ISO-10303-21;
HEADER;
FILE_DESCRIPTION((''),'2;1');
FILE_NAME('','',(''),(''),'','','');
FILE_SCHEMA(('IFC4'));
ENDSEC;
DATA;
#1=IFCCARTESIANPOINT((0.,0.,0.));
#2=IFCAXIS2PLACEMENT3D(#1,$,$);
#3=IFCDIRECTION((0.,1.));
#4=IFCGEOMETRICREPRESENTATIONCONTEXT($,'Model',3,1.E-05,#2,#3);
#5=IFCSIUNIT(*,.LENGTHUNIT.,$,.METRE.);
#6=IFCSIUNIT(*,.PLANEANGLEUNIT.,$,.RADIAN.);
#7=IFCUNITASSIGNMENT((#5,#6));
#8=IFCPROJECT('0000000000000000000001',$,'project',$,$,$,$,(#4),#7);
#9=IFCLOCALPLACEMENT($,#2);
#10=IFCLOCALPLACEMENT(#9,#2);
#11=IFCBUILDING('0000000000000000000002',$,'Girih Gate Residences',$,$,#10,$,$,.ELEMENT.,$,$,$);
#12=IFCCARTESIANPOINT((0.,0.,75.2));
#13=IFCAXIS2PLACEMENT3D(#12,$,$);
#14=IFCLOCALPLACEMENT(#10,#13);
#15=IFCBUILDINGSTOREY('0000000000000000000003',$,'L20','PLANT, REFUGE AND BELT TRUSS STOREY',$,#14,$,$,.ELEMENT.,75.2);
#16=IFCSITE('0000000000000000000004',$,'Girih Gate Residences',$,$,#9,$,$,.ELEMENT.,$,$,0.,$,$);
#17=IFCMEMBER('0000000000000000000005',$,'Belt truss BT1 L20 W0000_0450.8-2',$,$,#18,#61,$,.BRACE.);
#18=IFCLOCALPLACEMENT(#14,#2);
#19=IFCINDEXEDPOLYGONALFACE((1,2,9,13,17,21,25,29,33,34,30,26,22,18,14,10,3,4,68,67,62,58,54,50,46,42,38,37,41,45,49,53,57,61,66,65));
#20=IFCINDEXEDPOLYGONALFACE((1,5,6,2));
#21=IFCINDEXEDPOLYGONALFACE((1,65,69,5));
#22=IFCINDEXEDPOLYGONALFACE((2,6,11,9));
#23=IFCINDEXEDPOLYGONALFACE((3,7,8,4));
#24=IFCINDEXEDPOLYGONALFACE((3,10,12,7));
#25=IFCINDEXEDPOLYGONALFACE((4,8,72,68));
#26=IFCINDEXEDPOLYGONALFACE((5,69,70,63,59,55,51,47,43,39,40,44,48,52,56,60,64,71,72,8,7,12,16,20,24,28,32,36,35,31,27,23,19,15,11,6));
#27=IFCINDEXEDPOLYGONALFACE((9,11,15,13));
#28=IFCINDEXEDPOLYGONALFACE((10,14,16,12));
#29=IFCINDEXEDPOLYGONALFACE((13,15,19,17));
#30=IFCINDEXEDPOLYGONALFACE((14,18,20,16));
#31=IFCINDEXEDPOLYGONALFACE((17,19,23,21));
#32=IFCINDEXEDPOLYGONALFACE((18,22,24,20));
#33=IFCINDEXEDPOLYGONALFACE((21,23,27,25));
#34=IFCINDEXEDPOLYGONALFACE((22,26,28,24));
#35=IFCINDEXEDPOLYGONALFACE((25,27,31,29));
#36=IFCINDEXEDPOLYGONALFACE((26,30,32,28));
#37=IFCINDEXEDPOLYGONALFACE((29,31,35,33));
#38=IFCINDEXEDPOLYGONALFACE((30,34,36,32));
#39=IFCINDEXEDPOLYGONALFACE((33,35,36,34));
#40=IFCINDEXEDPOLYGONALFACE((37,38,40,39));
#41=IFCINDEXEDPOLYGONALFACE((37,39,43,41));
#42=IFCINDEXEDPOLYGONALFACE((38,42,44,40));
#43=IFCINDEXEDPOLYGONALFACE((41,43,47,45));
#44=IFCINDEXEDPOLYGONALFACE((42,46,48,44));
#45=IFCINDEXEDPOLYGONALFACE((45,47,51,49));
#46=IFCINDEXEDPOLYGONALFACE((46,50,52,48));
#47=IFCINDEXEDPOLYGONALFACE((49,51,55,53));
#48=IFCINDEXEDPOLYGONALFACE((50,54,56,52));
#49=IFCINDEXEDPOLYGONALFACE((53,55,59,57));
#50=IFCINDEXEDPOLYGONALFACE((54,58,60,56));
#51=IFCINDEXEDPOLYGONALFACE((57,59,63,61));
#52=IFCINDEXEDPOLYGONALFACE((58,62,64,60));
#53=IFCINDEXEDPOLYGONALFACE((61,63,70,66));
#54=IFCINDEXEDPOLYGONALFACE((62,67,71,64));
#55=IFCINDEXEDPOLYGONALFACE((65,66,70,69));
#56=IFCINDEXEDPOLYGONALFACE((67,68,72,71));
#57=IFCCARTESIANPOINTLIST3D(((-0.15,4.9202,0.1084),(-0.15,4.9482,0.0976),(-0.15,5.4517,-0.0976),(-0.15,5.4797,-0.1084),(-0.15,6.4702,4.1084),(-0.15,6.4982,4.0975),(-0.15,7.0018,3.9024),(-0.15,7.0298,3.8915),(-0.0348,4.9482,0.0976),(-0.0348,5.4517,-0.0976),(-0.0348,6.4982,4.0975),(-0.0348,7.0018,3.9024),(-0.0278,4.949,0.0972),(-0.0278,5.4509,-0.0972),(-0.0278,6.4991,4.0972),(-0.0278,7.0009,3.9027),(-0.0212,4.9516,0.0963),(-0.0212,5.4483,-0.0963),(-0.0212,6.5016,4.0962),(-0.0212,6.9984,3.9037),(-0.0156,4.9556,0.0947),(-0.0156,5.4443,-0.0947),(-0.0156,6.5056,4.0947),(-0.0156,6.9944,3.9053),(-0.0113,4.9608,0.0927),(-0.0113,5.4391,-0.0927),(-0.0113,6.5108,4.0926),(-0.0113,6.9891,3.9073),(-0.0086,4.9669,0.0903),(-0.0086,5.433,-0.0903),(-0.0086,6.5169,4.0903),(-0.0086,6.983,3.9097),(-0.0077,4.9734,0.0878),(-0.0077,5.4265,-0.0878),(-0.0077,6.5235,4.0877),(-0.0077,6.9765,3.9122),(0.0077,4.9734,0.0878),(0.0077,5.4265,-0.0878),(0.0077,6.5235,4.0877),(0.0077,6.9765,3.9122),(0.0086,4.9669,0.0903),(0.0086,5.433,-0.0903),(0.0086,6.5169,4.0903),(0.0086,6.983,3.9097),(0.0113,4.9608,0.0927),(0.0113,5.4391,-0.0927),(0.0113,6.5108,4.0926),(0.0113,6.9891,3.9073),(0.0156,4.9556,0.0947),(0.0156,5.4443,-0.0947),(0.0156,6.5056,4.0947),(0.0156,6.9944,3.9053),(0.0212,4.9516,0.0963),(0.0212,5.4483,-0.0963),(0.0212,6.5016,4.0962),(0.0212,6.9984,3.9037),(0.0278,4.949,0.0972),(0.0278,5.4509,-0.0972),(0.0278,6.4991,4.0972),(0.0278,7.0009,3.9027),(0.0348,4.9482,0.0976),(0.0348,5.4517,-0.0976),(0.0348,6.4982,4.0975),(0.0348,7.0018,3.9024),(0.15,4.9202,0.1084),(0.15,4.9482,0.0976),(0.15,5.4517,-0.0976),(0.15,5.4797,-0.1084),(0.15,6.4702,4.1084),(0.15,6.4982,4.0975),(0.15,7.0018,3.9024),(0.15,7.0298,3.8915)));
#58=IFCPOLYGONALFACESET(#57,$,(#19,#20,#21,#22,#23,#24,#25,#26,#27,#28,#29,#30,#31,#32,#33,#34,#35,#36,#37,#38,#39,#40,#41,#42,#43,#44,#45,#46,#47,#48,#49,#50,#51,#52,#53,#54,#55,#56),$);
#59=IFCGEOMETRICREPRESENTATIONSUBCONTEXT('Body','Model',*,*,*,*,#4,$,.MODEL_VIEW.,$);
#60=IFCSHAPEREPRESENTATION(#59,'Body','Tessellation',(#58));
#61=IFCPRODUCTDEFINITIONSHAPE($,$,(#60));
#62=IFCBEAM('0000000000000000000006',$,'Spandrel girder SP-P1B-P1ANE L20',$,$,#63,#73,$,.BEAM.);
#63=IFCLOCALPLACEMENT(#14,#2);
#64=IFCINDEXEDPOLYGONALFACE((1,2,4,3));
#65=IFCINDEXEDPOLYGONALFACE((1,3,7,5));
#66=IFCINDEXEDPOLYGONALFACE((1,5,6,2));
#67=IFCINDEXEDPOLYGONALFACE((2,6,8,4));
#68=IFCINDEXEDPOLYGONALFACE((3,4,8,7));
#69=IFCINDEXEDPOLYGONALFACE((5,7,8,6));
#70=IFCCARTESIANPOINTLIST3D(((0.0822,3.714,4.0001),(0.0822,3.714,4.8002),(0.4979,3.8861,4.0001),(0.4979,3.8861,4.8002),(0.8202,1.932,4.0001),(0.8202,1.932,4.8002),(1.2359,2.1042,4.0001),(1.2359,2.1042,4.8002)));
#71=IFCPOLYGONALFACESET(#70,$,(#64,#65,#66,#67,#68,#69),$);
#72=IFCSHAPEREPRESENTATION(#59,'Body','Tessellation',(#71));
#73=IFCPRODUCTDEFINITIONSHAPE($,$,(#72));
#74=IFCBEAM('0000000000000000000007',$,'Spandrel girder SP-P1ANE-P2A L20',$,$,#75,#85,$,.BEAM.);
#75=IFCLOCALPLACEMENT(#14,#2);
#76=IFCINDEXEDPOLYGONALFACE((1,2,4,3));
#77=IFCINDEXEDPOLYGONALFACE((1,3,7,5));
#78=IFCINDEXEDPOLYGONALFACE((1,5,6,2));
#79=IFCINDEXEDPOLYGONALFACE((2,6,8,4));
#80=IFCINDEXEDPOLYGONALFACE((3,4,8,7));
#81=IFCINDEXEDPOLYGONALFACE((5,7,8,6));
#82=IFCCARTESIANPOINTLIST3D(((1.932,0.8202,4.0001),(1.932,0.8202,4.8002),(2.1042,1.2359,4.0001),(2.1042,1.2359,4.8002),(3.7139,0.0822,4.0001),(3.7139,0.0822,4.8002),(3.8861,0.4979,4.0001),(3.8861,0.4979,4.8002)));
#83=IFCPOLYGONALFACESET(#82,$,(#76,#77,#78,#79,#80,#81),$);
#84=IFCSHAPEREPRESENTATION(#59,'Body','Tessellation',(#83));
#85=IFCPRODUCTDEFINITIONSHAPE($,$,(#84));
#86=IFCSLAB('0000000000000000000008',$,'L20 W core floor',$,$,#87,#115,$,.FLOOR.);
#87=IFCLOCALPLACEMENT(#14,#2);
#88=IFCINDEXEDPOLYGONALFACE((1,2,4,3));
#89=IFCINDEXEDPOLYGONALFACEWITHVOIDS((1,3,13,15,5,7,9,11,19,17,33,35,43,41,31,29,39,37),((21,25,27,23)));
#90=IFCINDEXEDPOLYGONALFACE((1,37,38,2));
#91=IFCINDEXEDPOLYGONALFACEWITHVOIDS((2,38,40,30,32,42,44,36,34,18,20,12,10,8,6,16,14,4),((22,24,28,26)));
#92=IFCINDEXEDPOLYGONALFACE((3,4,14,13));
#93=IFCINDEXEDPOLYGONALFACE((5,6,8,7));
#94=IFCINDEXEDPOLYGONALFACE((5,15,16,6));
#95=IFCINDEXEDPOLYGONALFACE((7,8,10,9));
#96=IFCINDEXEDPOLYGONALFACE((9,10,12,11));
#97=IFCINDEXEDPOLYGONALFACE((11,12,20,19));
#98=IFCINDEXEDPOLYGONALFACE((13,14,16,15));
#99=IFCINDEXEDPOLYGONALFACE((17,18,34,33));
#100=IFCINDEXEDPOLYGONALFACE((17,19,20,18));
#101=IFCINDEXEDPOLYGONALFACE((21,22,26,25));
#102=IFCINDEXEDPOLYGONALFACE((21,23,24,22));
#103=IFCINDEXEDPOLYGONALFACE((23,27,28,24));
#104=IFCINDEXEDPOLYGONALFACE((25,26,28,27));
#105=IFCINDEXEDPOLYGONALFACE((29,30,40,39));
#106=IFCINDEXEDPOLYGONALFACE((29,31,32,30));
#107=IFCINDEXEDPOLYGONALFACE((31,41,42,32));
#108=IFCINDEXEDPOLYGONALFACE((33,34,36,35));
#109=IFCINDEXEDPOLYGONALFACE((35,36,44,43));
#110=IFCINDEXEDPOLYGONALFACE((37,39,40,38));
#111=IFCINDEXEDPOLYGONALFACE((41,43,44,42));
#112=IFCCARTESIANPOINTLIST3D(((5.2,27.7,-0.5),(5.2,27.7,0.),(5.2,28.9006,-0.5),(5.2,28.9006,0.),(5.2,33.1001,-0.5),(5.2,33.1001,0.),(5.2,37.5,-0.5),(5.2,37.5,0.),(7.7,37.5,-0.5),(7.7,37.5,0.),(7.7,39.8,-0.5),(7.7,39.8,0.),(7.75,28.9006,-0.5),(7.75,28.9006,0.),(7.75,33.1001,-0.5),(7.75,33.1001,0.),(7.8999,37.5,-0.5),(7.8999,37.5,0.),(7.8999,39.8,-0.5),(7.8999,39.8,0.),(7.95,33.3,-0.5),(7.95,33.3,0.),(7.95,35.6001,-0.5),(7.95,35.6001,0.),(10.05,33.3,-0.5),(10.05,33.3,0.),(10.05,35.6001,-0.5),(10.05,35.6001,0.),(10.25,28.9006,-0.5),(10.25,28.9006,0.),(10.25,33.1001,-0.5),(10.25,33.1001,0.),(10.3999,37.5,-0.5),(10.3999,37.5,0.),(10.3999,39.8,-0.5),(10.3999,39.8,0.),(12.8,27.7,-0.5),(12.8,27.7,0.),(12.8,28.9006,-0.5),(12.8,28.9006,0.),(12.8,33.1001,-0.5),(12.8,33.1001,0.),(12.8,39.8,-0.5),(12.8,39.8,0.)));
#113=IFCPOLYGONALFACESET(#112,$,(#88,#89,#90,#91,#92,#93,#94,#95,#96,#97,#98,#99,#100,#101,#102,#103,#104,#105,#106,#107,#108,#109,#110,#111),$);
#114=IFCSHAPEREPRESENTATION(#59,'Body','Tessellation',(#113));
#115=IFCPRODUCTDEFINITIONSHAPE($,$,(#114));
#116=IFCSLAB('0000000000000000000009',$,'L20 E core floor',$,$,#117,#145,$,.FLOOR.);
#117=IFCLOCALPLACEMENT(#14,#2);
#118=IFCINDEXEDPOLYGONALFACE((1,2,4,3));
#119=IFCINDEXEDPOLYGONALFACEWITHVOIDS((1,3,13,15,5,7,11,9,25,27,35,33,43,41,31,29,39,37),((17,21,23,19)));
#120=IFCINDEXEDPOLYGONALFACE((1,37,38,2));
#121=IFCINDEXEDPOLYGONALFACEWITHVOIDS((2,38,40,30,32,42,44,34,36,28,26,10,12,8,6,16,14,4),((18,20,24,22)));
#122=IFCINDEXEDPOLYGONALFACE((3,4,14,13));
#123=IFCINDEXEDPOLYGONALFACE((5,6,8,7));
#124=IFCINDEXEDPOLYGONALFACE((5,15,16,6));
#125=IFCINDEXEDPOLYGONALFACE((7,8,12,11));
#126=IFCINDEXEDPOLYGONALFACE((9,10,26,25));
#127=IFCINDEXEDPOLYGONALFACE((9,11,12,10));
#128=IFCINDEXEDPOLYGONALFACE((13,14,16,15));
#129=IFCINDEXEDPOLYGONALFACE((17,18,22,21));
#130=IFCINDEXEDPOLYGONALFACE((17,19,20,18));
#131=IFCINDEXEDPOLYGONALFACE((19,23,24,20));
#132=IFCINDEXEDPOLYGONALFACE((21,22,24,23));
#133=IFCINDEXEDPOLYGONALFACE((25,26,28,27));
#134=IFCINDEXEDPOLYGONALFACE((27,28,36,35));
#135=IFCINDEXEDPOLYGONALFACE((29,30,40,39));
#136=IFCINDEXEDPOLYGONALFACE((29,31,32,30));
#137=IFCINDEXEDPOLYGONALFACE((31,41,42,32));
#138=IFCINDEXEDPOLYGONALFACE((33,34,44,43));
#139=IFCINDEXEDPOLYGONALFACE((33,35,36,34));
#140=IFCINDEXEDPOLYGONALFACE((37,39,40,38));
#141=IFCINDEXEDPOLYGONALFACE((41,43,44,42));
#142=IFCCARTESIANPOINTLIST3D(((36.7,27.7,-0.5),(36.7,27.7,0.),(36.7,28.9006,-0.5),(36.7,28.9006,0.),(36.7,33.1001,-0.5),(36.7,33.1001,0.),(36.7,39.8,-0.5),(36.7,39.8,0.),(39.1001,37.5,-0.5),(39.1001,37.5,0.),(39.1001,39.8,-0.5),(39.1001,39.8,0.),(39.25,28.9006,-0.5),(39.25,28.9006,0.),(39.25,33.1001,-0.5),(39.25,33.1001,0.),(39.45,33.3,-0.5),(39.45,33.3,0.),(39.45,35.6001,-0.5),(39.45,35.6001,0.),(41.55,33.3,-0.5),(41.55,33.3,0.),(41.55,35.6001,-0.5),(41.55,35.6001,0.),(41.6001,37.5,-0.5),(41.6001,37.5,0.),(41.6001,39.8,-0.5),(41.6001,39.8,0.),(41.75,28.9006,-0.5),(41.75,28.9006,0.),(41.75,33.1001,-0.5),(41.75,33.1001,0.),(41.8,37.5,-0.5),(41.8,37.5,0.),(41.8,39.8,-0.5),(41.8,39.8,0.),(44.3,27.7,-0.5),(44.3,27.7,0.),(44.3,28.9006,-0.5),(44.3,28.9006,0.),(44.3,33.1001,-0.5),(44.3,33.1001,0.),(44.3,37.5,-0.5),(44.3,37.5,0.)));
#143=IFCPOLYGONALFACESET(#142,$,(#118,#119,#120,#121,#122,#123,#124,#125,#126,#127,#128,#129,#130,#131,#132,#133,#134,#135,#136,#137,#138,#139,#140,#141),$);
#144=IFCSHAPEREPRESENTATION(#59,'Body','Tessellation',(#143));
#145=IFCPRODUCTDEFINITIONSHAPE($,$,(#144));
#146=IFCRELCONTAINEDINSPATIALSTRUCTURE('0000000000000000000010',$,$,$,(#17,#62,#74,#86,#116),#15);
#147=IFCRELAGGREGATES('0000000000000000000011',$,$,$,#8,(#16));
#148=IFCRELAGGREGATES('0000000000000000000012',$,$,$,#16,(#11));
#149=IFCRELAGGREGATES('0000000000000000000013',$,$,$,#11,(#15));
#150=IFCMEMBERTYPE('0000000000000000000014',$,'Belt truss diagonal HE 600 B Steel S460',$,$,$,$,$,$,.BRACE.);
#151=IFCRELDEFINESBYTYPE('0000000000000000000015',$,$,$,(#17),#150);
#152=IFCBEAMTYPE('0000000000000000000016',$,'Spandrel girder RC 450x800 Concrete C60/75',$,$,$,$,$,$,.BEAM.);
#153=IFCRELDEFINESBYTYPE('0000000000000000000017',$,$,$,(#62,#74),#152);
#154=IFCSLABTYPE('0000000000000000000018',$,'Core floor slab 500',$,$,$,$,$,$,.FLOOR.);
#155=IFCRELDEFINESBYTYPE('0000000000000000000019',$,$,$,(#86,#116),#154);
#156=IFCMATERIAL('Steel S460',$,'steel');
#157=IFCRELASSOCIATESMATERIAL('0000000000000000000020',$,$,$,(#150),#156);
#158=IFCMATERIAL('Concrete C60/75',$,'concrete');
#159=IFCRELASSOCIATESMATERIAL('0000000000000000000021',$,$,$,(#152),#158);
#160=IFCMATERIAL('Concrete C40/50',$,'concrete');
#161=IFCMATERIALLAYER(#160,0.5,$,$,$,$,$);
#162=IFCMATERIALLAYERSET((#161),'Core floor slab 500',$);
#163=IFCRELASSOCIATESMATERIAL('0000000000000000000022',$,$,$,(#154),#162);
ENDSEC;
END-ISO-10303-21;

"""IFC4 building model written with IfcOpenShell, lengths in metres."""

from ifc_helpers import new_model, si_unit, direction, frame, origin, origin_2d, place, context, subcontext, project, spatial, polyline, rectangle, i_section, outline, extrude, material, layer, layer_set, material_profile, profile_set, type_object, element, save


model = new_model("IFC4")

# Units and contexts
model_context = context("Model", 3, precision=1e-05, world=origin(), true_north=direction((0.0, 1.0)))
body_context = subcontext(model_context, "Body", "Model", "MODEL_VIEW")
ifc_project = project(units=[si_unit("LENGTHUNIT", "METRE"), si_unit("PLANEANGLEUNIT", "RADIAN")], contexts=[model_context])

# Site, building, storey
site_placement = place(None, origin())
site = spatial("IfcSite", under=ifc_project, at=site_placement, Name="Girih Gate Residences", CompositionType="ELEMENT", RefElevation=0.0)
building_placement = place(site_placement, origin())
building = spatial("IfcBuilding", under=site, at=building_placement, Name="Girih Gate Residences", CompositionType="ELEMENT")
storey_placement = place(building_placement, frame((0.0, 0.0, 75.2)))
storey = spatial("IfcBuildingStorey", under=building, at=storey_placement, Name="L20", Description="PLANT, REFUGE AND BELT TRUSS STOREY", CompositionType="ELEMENT", Elevation=75.2)

# Member
ifc_material_1 = material(Name="Steel S460", Category="steel")
ifc_material_profile_1 = material_profile(ifc_material_1, i_section(OverallWidth=0.3, OverallDepth=0.6001, WebThickness=0.0154, FlangeThickness=0.03, FilletRadius=0.0271, at=origin_2d()))
ifc_profile_set_1 = profile_set([ifc_material_profile_1], Name="Steel S460")
member_type_1 = type_object("IfcMemberType", Name="Belt truss diagonal HE 600 B Steel S460", PredefinedType="BRACE", material=ifc_profile_set_1)
member_placement = place(storey_placement, frame((0.0, 5.2, 0.0), z_axis=(0.0, 0.361331, 0.932438), x_axis=(-1.0, 0.0, 0.0)))
element("IfcMember", 1, at=member_placement, inside=storey, type_object=member_type_1, Name="Belt truss BT1 L20 W0000_0450.8-2", PredefinedType="BRACE", context=body_context, shape_type="SweptSolid", body=[
    extrude(i_section(OverallWidth=0.3, OverallDepth=0.6001, WebThickness=0.0154, FlangeThickness=0.03, FilletRadius=0.0271, at=origin_2d()), origin(), (0.0, 0.0, 1.0), 4.2898),
])

# Beams
ifc_material_2 = material(Name="Concrete C60/75", Category="concrete")
ifc_material_profile_2 = material_profile(ifc_material_2, rectangle(XDim=0.45, YDim=0.8, at=origin_2d()))
ifc_profile_set_2 = profile_set([ifc_material_profile_2], Name="Concrete C60/75")
beam_type = type_object("IfcBeamType", Name="Spandrel girder RC 450x800 Concrete C60/75", PredefinedType="BEAM", material=ifc_profile_set_2)
for number, where, z_axis, x_axis, name in (
    (2, (0.29, 3.8, 4.4001), (0.382646, -0.923895, 0.0), (0.923895, 0.382646, 0.0), "Spandrel girder SP-P1B-P1ANE L20"),
    (3, (2.0181, 1.0281, 4.4001), (0.923895, -0.382646, 0.0), (0.382646, 0.923895, 0.0), "Spandrel girder SP-P1ANE-P2A L20"),
):
    element("IfcBeam", number, at=place(storey_placement, frame(where, z_axis=z_axis, x_axis=x_axis)), inside=storey, type_object=beam_type, Name=name, PredefinedType="BEAM", context=body_context, shape_type="SweptSolid", body=[
        extrude(rectangle(XDim=0.45, YDim=0.8, at=origin_2d()), origin(), (0.0, 0.0, 1.0), 1.9287),
    ])

# Slabs
ifc_material_3 = material(Name="Concrete C40/50", Category="concrete")
ifc_layer_1 = layer(ifc_material_3, 0.5)
ifc_layer_set_1 = layer_set([ifc_layer_1], Name="Core floor slab 500")
slab_type_1 = type_object("IfcSlabType", Name="Core floor slab 500", PredefinedType="FLOOR", material=ifc_layer_set_1)
slab_1_placement = place(storey_placement, frame((0.0, 0.0, -0.5)))
element("IfcSlab", 4, at=slab_1_placement, inside=storey, type_object=slab_type_1, Name="L20 W core floor", PredefinedType="FLOOR", context=body_context, shape_type="SweptSolid", body=[
    extrude(outline(polyline([(12.8, 27.7), (5.2, 27.7), (5.2, 28.9006), (7.75, 28.9006), (7.75, 33.1001), (5.2, 33.1001), (5.2, 37.5), (7.7, 37.5), (7.7, 39.8), (7.8999, 39.8), (7.8999, 37.5), (10.3999, 37.5), (10.3999, 39.8), (12.8, 39.8), (12.8, 33.1001), (10.25, 33.1001), (10.25, 28.9006), (12.8, 28.9006), (12.8, 27.7)]), holes=[polyline([(7.95, 33.3), (10.05, 33.3), (10.05, 35.6001), (7.95, 35.6001), (7.95, 33.3)])]), origin(), (0.0, 0.0, 1.0), 0.5),
])
slab_2_placement = place(storey_placement, frame((0.0, 0.0, -0.5)))
element("IfcSlab", 5, at=slab_2_placement, inside=storey, type_object=slab_type_1, Name="L20 E core floor", PredefinedType="FLOOR", context=body_context, shape_type="SweptSolid", body=[
    extrude(outline(polyline([(44.3, 27.7), (36.7, 27.7), (36.7, 28.9006), (39.25, 28.9006), (39.25, 33.1001), (36.7, 33.1001), (36.7, 39.8), (39.1001, 39.8), (39.1001, 37.5), (41.6001, 37.5), (41.6001, 39.8), (41.8, 39.8), (41.8, 37.5), (44.3, 37.5), (44.3, 33.1001), (41.75, 33.1001), (41.75, 28.9006), (44.3, 28.9006), (44.3, 27.7)]), holes=[polyline([(39.45, 33.3), (41.55, 33.3), (41.55, 35.6001), (39.45, 35.6001), (39.45, 33.3)])]), origin(), (0.0, 0.0, 1.0), 0.5),
])

save(model, "model.ifc")
